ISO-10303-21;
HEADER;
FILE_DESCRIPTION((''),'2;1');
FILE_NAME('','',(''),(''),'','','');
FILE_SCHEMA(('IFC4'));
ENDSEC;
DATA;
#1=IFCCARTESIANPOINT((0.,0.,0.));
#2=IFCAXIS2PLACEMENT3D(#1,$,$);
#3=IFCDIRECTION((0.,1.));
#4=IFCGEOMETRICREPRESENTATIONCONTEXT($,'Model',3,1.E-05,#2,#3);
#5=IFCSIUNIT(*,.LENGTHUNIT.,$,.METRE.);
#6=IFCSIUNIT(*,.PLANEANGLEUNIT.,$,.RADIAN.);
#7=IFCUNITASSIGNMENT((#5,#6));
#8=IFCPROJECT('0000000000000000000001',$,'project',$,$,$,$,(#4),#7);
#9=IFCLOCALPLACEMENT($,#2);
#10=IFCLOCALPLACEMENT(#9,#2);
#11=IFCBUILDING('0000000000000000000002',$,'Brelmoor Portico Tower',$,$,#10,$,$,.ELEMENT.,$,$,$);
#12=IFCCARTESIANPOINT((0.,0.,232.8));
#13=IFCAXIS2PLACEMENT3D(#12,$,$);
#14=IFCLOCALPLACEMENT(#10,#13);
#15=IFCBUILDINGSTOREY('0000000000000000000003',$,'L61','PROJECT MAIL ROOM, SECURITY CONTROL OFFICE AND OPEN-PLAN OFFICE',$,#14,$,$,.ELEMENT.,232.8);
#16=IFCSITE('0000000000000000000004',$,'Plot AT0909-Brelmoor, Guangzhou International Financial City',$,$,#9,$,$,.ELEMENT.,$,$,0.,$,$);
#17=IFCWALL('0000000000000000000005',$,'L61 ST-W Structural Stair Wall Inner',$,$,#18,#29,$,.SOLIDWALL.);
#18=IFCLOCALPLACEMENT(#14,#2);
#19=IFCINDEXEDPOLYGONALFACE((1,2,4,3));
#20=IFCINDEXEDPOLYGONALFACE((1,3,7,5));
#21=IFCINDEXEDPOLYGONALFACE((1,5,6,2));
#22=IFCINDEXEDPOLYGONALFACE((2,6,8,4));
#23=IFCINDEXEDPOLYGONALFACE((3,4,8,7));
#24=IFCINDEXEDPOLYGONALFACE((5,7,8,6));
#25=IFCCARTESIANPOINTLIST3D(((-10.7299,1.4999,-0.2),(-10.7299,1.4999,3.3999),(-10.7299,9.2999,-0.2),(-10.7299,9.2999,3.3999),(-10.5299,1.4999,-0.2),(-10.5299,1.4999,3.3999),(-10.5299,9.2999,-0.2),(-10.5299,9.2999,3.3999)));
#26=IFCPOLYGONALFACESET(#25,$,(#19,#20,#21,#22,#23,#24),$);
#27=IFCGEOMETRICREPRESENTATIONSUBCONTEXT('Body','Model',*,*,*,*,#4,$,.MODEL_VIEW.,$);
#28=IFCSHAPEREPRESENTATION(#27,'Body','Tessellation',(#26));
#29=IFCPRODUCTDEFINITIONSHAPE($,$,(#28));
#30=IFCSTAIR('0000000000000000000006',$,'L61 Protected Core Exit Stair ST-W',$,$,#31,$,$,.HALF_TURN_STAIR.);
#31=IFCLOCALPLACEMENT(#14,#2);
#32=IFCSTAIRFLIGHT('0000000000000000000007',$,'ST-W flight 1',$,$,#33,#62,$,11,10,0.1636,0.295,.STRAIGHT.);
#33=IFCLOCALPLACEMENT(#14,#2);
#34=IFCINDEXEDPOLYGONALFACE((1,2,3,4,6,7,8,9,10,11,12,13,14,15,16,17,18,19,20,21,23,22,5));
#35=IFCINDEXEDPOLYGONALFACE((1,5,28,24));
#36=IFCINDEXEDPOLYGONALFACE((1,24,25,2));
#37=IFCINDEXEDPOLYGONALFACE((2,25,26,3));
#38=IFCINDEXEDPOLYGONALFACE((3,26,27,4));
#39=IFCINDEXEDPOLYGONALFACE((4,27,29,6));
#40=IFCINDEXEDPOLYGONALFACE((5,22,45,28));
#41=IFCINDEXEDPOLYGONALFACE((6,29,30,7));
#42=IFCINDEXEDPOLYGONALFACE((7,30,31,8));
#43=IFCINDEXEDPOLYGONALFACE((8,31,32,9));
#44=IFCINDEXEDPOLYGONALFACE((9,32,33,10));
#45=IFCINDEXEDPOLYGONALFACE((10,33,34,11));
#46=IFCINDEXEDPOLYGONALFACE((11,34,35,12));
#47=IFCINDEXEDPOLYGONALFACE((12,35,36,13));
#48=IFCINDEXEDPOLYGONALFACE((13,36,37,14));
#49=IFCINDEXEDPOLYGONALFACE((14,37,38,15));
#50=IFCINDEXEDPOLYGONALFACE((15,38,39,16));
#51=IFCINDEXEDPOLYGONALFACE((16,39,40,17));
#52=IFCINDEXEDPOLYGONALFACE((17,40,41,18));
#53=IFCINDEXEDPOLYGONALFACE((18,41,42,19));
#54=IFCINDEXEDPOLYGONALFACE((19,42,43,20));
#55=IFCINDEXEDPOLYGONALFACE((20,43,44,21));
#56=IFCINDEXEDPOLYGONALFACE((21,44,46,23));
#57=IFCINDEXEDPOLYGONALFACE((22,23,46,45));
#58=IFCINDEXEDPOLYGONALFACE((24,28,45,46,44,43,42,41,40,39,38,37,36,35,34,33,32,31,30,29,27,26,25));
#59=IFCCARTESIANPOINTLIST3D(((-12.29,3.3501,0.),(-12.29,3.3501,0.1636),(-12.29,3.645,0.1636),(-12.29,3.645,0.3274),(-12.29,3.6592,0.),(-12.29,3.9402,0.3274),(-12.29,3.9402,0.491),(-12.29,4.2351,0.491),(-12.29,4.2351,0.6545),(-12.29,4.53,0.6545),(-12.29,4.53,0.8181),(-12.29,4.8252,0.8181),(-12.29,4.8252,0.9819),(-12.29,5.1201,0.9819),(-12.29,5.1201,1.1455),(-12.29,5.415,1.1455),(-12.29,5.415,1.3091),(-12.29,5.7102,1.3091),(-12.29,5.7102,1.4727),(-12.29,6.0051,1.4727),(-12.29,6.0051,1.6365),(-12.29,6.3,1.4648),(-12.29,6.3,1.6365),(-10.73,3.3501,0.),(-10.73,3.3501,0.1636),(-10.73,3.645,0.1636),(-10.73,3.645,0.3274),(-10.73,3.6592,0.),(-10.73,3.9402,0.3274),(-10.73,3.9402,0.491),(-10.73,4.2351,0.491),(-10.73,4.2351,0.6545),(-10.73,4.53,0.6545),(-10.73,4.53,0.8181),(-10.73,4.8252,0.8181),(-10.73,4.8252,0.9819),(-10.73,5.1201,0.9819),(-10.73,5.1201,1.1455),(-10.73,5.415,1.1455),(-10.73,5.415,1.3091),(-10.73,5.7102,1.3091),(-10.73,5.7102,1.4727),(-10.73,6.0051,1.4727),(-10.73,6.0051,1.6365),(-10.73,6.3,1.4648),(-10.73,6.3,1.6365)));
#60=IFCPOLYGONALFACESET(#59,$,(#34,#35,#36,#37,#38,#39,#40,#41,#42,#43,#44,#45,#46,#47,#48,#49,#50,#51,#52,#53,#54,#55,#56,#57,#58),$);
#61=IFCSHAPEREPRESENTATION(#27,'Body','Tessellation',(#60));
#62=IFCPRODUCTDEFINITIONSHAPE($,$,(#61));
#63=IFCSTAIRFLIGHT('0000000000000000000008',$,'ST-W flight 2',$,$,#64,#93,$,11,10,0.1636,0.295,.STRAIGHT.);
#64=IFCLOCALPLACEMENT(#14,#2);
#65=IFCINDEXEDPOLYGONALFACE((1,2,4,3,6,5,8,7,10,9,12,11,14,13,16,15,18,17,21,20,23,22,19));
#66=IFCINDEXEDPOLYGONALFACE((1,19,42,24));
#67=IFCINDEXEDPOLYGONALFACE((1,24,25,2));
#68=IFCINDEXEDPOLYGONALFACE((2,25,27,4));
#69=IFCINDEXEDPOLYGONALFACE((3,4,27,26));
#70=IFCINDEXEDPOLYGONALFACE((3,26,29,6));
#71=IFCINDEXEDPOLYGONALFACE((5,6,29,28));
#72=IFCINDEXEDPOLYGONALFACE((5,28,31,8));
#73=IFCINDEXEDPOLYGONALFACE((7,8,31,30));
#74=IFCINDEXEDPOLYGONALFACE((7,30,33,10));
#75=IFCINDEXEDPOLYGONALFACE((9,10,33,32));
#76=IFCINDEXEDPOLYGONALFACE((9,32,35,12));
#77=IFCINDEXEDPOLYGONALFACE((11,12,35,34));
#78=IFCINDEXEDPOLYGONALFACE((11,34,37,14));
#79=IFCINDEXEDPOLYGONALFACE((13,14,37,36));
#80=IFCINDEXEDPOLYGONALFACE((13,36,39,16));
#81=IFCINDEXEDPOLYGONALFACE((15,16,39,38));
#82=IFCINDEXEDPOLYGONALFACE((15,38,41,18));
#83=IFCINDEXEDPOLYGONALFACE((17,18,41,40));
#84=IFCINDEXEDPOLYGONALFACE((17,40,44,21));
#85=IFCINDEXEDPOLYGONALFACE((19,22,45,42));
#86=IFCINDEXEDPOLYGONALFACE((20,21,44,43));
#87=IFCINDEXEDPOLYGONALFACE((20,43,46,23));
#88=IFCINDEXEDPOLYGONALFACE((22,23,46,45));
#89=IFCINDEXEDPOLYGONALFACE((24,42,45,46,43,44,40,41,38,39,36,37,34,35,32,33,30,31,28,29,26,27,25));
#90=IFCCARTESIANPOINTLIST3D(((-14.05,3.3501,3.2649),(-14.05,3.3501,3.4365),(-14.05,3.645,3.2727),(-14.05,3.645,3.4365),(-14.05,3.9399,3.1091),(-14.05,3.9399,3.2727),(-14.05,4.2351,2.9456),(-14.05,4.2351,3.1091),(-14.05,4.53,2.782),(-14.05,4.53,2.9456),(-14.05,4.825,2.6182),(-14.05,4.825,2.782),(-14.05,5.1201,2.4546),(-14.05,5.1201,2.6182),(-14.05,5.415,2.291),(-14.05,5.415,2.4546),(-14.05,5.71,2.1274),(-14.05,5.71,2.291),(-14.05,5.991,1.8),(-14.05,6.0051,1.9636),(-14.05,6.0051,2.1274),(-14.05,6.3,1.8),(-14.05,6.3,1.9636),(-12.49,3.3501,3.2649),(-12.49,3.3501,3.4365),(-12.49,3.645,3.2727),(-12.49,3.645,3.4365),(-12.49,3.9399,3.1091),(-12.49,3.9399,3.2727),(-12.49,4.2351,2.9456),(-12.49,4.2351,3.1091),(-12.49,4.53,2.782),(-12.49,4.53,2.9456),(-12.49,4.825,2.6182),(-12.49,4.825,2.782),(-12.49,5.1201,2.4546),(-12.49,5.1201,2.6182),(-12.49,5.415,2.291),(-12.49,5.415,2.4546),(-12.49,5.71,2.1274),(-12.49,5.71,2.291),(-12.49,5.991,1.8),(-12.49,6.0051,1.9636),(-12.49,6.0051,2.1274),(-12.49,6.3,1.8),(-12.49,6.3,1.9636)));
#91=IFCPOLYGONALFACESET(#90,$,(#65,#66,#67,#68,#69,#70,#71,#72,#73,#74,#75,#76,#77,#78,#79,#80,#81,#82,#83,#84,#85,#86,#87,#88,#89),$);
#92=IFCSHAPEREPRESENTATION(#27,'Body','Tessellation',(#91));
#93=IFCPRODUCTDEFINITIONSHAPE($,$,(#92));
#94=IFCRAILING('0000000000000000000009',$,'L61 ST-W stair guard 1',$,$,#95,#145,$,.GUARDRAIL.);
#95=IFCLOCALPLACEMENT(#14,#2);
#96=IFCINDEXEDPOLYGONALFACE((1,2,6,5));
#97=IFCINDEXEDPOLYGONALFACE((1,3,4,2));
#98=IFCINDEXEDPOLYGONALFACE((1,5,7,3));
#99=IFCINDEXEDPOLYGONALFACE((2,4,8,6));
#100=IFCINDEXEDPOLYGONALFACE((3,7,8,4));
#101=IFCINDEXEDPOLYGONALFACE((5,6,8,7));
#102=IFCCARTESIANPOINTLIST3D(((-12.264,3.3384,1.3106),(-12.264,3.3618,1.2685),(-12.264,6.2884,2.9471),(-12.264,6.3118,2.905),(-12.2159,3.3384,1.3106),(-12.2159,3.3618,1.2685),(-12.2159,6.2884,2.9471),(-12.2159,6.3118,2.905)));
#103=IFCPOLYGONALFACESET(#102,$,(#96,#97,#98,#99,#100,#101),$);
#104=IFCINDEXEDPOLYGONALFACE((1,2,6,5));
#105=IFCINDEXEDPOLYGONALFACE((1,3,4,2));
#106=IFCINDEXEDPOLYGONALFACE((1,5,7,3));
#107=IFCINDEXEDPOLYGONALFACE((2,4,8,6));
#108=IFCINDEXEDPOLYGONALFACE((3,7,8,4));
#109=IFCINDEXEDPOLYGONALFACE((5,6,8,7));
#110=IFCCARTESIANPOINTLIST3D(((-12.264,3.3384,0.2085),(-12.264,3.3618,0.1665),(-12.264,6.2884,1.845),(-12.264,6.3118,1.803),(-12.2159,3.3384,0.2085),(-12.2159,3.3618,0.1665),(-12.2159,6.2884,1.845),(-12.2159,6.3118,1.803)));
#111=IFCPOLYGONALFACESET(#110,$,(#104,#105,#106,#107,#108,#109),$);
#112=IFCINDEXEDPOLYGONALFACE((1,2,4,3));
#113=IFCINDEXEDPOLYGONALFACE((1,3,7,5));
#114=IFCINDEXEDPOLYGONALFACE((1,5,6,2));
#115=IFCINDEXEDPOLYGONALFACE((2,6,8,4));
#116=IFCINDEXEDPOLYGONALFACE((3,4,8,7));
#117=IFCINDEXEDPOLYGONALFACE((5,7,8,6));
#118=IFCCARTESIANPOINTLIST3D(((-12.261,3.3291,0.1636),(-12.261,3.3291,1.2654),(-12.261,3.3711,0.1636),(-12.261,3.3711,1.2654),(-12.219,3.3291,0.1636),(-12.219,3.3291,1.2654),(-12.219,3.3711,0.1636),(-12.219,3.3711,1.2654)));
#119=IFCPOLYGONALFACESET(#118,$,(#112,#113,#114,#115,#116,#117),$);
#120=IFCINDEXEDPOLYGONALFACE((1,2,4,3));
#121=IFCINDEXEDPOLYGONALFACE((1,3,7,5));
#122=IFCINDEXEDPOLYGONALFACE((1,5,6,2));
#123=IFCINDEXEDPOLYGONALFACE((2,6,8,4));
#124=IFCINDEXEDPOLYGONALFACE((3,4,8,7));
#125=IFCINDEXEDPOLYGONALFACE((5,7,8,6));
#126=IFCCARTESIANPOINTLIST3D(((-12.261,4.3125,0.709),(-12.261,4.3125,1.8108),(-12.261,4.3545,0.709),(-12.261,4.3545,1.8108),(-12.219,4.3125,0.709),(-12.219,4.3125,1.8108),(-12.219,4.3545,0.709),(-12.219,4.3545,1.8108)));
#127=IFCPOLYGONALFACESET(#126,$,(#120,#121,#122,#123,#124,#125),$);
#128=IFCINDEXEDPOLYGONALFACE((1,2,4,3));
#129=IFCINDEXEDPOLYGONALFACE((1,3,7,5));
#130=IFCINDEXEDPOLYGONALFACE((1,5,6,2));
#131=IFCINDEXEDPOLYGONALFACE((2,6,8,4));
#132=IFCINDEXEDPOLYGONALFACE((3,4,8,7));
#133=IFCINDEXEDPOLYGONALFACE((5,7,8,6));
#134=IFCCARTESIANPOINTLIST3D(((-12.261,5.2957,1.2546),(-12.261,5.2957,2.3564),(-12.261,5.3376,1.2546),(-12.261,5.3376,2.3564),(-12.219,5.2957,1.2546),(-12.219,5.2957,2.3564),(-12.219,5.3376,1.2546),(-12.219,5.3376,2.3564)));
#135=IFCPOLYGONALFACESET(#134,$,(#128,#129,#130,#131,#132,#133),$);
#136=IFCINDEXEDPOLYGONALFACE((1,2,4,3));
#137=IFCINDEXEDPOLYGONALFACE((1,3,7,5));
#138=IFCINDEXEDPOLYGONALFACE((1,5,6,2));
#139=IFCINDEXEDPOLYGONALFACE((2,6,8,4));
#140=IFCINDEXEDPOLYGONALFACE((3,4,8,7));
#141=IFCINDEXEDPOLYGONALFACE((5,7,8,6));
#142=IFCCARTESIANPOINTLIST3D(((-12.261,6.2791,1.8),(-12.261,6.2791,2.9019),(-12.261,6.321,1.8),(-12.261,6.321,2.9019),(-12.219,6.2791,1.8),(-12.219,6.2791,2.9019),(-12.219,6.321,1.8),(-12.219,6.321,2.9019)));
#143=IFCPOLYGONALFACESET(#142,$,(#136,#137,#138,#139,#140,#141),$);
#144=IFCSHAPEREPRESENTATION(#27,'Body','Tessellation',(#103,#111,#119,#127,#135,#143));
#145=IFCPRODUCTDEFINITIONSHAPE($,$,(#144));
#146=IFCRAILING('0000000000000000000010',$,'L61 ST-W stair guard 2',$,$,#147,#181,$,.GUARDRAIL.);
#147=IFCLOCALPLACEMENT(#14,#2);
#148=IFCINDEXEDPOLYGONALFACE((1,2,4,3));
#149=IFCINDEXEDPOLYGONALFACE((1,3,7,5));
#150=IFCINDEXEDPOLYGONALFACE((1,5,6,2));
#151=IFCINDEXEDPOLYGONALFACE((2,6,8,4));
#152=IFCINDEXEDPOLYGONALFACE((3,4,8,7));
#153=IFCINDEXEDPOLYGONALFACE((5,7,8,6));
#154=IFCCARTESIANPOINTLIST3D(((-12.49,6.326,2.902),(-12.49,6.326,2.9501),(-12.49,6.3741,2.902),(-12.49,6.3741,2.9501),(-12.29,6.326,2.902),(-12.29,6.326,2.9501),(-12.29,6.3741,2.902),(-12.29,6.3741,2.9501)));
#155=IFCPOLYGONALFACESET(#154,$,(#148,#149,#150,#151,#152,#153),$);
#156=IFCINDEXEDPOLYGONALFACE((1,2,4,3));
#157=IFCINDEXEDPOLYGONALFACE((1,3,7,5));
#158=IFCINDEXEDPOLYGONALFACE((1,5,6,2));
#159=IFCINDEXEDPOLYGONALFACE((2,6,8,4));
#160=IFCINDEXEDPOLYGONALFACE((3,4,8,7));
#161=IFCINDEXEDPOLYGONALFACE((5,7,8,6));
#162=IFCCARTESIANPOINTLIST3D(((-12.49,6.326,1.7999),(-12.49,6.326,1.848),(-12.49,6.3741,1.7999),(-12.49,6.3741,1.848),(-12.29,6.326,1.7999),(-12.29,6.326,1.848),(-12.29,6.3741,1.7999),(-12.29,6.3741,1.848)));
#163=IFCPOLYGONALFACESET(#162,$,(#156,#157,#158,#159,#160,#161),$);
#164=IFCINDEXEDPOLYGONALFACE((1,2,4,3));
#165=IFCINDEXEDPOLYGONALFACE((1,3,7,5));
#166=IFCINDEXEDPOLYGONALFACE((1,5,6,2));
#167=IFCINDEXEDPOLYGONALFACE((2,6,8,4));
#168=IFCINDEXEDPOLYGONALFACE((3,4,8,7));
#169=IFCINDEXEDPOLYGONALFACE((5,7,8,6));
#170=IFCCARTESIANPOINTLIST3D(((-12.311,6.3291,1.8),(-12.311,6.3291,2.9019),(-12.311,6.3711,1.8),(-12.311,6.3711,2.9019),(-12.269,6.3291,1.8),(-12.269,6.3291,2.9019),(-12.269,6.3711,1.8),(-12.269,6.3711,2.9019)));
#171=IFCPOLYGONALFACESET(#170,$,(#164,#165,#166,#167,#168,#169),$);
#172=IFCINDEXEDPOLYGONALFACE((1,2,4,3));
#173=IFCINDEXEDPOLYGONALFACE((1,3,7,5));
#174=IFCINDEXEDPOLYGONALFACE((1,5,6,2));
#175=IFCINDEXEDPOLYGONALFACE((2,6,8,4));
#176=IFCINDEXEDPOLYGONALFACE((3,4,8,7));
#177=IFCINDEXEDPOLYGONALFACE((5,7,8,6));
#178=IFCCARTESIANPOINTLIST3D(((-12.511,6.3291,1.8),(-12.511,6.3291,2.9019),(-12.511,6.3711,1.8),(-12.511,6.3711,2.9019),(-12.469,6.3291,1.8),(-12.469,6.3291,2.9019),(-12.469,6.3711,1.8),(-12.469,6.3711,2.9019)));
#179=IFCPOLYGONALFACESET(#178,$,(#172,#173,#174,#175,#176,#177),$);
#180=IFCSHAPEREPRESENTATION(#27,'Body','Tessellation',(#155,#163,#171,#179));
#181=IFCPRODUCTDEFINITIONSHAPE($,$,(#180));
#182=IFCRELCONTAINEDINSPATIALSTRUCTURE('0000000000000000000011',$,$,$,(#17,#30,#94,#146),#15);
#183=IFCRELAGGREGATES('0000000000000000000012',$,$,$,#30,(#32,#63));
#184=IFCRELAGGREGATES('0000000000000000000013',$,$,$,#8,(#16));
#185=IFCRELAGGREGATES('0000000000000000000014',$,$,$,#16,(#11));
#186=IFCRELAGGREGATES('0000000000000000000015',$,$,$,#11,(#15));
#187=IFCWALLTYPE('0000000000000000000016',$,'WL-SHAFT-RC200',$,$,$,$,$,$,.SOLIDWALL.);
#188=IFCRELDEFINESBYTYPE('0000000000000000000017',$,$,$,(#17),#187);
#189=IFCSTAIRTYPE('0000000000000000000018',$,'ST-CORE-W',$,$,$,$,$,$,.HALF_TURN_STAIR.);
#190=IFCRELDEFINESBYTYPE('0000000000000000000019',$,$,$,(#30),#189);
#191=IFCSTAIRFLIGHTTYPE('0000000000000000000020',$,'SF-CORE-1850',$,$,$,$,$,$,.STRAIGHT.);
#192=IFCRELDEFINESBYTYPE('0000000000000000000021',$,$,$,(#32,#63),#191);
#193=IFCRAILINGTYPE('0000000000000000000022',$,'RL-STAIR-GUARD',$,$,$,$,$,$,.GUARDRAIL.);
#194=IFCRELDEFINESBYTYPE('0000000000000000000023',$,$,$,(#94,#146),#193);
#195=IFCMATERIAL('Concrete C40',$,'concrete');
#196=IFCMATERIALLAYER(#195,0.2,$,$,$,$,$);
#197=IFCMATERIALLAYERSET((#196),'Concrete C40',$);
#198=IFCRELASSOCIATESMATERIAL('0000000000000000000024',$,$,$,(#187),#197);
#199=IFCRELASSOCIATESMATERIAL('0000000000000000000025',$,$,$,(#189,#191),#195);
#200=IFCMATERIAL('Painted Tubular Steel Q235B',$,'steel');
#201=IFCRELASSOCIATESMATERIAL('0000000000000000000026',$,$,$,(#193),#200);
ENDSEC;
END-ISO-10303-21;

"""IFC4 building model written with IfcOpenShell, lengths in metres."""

from ifc_helpers import new_model, si_unit, direction, frame, frame_2d, origin, origin_2d, place, context, subcontext, project, spatial, polyline, rectangle, outline, extrude, material, layer, layer_set, type_object, element, aggregate, save


model = new_model("IFC4")

# Units and contexts
model_context = context("Model", 3, precision=1e-05, world=origin(), true_north=direction((0.0, 1.0)))
body_context = subcontext(model_context, "Body", "Model", "MODEL_VIEW")
ifc_project = project(units=[si_unit("LENGTHUNIT", "METRE"), si_unit("PLANEANGLEUNIT", "RADIAN")], contexts=[model_context])

# Site, building, storey
site_placement = place(None, origin())
site = spatial("IfcSite", under=ifc_project, at=site_placement, Name="Plot AT0909-Brelmoor, Guangzhou International Financial City", CompositionType="ELEMENT", RefElevation=0.0)
building_placement = place(site_placement, origin())
building = spatial("IfcBuilding", under=site, at=building_placement, Name="Brelmoor Portico Tower", CompositionType="ELEMENT")
storey_placement = place(building_placement, frame((0.0, 0.0, 232.8)))
storey = spatial("IfcBuildingStorey", under=building, at=storey_placement, Name="L61", Description="PROJECT MAIL ROOM, SECURITY CONTROL OFFICE AND OPEN-PLAN OFFICE", CompositionType="ELEMENT", Elevation=232.8)

# Shared definitions
ifc_material_1 = material(Name="Concrete C40", Category="concrete")
ifc_layer_1 = layer(ifc_material_1, 0.2)
ifc_layer_set_1 = layer_set([ifc_layer_1], Name="Concrete C40")
wall_type_1 = type_object("IfcWallType", Name="WL-SHAFT-RC200", PredefinedType="SOLIDWALL", material=ifc_layer_set_1)

# Wall
wall_1_placement = place(storey_placement, frame((-10.6299, 1.5, -0.2), z_axis=(0.0, 0.0, 1.0), x_axis=(0.0, 1.0, 0.0)))
element("IfcWall", 1, at=wall_1_placement, inside=storey, type_object=wall_type_1, Name="L61 ST-W Structural Stair Wall Inner", PredefinedType="SOLIDWALL", context=body_context, shape_type="SweptSolid", body=[
    extrude(rectangle(XDim=7.8, YDim=0.2, at=frame_2d((3.8999, 0.0))), origin(), (0.0, 0.0, 1.0), 3.5999),
])

# Stair, stair flights
stair_type = type_object("IfcStairType", Name="ST-CORE-W", PredefinedType="HALF_TURN_STAIR", material=ifc_material_1)
stair_placement = place(storey_placement, origin())
stair = element("IfcStair", 2, at=stair_placement, inside=storey, type_object=stair_type, Name="L61 Protected Core Exit Stair ST-W", PredefinedType="HALF_TURN_STAIR")
stair_flight_type = type_object("IfcStairFlightType", Name="SF-CORE-1850", PredefinedType="STRAIGHT", material=ifc_material_1)
stair_flight_1_placement = place(storey_placement, frame((-11.51, 3.3501, 0.0), z_axis=(0.0, 0.0, 1.0), x_axis=(0.0, 1.0, 0.0)))
stair_flight_1 = element("IfcStairFlight", 3, at=stair_flight_1_placement, type_object=stair_flight_type, Name="ST-W flight 1", NumberOfRisers=11, NumberOfTreads=10, PredefinedType="STRAIGHT", RiserHeight=0.1636, TreadLength=0.295, context=body_context, shape_type="SweptSolid", body=[
    extrude(outline(polyline([(0.0, 0.0), (0.0, 0.1636), (0.2949, 0.1636), (0.2949, 0.3274), (0.5901, 0.3274), (0.5901, 0.491), (0.885, 0.491), (0.885, 0.6545), (1.1799, 0.6545), (1.1799, 0.8181), (1.4751, 0.8181), (1.4751, 0.9819), (1.77, 0.9819), (1.77, 1.1455), (2.0649, 1.1455), (2.0649, 1.3091), (2.3601, 1.3091), (2.3601, 1.4727), (2.655, 1.4727), (2.655, 1.6365), (2.95, 1.6365), (2.95, 1.8), (2.95, 1.4648), (0.3091, 0.0), (0.0, 0.0)])), frame((0.0, 0.78, 0.0), z_axis=(0.0, -1.0, 0.0), x_axis=(1.0, 0.0, 0.0)), (0.0, 0.0, 1.0), 1.5601),
])
stair_flight_2_placement = place(storey_placement, frame((-13.27, 6.3, 1.8), z_axis=(0.0, 0.0, 1.0), x_axis=(0.0, -1.0, 0.0)))
stair_flight_2 = element("IfcStairFlight", 4, at=stair_flight_2_placement, type_object=stair_flight_type, Name="ST-W flight 2", NumberOfRisers=11, NumberOfTreads=10, PredefinedType="STRAIGHT", RiserHeight=0.1636, TreadLength=0.295, context=body_context, shape_type="SweptSolid", body=[
    extrude(outline(polyline([(0.0, 0.0), (0.0, 0.1636), (0.2949, 0.1636), (0.2949, 0.3274), (0.5901, 0.3274), (0.5901, 0.491), (0.885, 0.491), (0.885, 0.6545), (1.1799, 0.6545), (1.1799, 0.8181), (1.4751, 0.8181), (1.4751, 0.9819), (1.77, 0.9819), (1.77, 1.1455), (2.0649, 1.1455), (2.0649, 1.3091), (2.3601, 1.3091), (2.3601, 1.4727), (2.655, 1.4727), (2.655, 1.6365), (2.95, 1.6365), (2.95, 1.8), (2.95, 1.4648), (0.3091, 0.0), (0.0, 0.0)])), frame((0.0, 0.78, 0.0), z_axis=(0.0, -1.0, 0.0), x_axis=(1.0, 0.0, 0.0)), (0.0, 0.0, 1.0), 1.5601),
])
aggregate(stair, [stair_flight_1, stair_flight_2])

# Railings
ifc_material_2 = material(Name="Painted Tubular Steel Q235B", Category="steel")
railing_type_1 = type_object("IfcRailingType", Name="RL-STAIR-GUARD", PredefinedType="GUARDRAIL", material=ifc_material_2)
railing_1_placement = place(storey_placement, frame((-12.24, 3.3501, 0.1636)))
element("IfcRailing", 5, at=railing_1_placement, inside=storey, type_object=railing_type_1, Name="L61 ST-W stair guard 1", PredefinedType="GUARDRAIL", context=body_context, shape_type="SweptSolid", body=[
    extrude(rectangle(XDim=0.0481, YDim=0.0481, at=origin_2d()), frame((0.0, 0.0, 1.126), z_axis=(0.0, 0.874458, 0.485102), x_axis=(-1.0, 0.0, 0.0)), (0.0, 0.0, 1.0), 3.3735),
    extrude(rectangle(XDim=0.0481, YDim=0.0481, at=origin_2d()), frame((0.0, 0.0, 0.0239), z_axis=(0.0, 0.874458, 0.485102), x_axis=(-1.0, 0.0, 0.0)), (0.0, 0.0, 1.0), 3.3735),
    extrude(rectangle(XDim=0.042, YDim=0.042, at=origin_2d()), origin(), (0.0, 0.0, 1.0), 1.1018),
    extrude(rectangle(XDim=0.042, YDim=0.042, at=origin_2d()), frame((0.0, 0.9834, 0.5454)), (0.0, 0.0, 1.0), 1.1018),
    extrude(rectangle(XDim=0.042, YDim=0.042, at=origin_2d()), frame((0.0, 1.9666, 1.0911)), (0.0, 0.0, 1.0), 1.1018),
    extrude(rectangle(XDim=0.042, YDim=0.042, at=origin_2d()), frame((0.0, 2.95, 1.6365)), (0.0, 0.0, 1.0), 1.1018),
])
railing_2_placement = place(storey_placement, frame((-12.29, 6.3501, 1.8)))
element("IfcRailing", 6, at=railing_2_placement, inside=storey, type_object=railing_type_1, Name="L61 ST-W stair guard 2", PredefinedType="GUARDRAIL", context=body_context, shape_type="SweptSolid", body=[
    extrude(rectangle(XDim=0.0481, YDim=0.0481, at=origin_2d()), frame((0.0, 0.0, 1.126), z_axis=(-1.0, 0.0, 0.0), x_axis=(0.0, -1.0, 0.0)), (0.0, 0.0, 1.0), 0.2),
    extrude(rectangle(XDim=0.0481, YDim=0.0481, at=origin_2d()), frame((0.0, 0.0, 0.0239), z_axis=(-1.0, 0.0, 0.0), x_axis=(0.0, -1.0, 0.0)), (0.0, 0.0, 1.0), 0.2),
    extrude(rectangle(XDim=0.042, YDim=0.042, at=origin_2d()), origin(), (0.0, 0.0, 1.0), 1.1018),
    extrude(rectangle(XDim=0.042, YDim=0.042, at=origin_2d()), frame((-0.2, 0.0, 0.0)), (0.0, 0.0, 1.0), 1.1018),
])

save(model, "model.ifc")
